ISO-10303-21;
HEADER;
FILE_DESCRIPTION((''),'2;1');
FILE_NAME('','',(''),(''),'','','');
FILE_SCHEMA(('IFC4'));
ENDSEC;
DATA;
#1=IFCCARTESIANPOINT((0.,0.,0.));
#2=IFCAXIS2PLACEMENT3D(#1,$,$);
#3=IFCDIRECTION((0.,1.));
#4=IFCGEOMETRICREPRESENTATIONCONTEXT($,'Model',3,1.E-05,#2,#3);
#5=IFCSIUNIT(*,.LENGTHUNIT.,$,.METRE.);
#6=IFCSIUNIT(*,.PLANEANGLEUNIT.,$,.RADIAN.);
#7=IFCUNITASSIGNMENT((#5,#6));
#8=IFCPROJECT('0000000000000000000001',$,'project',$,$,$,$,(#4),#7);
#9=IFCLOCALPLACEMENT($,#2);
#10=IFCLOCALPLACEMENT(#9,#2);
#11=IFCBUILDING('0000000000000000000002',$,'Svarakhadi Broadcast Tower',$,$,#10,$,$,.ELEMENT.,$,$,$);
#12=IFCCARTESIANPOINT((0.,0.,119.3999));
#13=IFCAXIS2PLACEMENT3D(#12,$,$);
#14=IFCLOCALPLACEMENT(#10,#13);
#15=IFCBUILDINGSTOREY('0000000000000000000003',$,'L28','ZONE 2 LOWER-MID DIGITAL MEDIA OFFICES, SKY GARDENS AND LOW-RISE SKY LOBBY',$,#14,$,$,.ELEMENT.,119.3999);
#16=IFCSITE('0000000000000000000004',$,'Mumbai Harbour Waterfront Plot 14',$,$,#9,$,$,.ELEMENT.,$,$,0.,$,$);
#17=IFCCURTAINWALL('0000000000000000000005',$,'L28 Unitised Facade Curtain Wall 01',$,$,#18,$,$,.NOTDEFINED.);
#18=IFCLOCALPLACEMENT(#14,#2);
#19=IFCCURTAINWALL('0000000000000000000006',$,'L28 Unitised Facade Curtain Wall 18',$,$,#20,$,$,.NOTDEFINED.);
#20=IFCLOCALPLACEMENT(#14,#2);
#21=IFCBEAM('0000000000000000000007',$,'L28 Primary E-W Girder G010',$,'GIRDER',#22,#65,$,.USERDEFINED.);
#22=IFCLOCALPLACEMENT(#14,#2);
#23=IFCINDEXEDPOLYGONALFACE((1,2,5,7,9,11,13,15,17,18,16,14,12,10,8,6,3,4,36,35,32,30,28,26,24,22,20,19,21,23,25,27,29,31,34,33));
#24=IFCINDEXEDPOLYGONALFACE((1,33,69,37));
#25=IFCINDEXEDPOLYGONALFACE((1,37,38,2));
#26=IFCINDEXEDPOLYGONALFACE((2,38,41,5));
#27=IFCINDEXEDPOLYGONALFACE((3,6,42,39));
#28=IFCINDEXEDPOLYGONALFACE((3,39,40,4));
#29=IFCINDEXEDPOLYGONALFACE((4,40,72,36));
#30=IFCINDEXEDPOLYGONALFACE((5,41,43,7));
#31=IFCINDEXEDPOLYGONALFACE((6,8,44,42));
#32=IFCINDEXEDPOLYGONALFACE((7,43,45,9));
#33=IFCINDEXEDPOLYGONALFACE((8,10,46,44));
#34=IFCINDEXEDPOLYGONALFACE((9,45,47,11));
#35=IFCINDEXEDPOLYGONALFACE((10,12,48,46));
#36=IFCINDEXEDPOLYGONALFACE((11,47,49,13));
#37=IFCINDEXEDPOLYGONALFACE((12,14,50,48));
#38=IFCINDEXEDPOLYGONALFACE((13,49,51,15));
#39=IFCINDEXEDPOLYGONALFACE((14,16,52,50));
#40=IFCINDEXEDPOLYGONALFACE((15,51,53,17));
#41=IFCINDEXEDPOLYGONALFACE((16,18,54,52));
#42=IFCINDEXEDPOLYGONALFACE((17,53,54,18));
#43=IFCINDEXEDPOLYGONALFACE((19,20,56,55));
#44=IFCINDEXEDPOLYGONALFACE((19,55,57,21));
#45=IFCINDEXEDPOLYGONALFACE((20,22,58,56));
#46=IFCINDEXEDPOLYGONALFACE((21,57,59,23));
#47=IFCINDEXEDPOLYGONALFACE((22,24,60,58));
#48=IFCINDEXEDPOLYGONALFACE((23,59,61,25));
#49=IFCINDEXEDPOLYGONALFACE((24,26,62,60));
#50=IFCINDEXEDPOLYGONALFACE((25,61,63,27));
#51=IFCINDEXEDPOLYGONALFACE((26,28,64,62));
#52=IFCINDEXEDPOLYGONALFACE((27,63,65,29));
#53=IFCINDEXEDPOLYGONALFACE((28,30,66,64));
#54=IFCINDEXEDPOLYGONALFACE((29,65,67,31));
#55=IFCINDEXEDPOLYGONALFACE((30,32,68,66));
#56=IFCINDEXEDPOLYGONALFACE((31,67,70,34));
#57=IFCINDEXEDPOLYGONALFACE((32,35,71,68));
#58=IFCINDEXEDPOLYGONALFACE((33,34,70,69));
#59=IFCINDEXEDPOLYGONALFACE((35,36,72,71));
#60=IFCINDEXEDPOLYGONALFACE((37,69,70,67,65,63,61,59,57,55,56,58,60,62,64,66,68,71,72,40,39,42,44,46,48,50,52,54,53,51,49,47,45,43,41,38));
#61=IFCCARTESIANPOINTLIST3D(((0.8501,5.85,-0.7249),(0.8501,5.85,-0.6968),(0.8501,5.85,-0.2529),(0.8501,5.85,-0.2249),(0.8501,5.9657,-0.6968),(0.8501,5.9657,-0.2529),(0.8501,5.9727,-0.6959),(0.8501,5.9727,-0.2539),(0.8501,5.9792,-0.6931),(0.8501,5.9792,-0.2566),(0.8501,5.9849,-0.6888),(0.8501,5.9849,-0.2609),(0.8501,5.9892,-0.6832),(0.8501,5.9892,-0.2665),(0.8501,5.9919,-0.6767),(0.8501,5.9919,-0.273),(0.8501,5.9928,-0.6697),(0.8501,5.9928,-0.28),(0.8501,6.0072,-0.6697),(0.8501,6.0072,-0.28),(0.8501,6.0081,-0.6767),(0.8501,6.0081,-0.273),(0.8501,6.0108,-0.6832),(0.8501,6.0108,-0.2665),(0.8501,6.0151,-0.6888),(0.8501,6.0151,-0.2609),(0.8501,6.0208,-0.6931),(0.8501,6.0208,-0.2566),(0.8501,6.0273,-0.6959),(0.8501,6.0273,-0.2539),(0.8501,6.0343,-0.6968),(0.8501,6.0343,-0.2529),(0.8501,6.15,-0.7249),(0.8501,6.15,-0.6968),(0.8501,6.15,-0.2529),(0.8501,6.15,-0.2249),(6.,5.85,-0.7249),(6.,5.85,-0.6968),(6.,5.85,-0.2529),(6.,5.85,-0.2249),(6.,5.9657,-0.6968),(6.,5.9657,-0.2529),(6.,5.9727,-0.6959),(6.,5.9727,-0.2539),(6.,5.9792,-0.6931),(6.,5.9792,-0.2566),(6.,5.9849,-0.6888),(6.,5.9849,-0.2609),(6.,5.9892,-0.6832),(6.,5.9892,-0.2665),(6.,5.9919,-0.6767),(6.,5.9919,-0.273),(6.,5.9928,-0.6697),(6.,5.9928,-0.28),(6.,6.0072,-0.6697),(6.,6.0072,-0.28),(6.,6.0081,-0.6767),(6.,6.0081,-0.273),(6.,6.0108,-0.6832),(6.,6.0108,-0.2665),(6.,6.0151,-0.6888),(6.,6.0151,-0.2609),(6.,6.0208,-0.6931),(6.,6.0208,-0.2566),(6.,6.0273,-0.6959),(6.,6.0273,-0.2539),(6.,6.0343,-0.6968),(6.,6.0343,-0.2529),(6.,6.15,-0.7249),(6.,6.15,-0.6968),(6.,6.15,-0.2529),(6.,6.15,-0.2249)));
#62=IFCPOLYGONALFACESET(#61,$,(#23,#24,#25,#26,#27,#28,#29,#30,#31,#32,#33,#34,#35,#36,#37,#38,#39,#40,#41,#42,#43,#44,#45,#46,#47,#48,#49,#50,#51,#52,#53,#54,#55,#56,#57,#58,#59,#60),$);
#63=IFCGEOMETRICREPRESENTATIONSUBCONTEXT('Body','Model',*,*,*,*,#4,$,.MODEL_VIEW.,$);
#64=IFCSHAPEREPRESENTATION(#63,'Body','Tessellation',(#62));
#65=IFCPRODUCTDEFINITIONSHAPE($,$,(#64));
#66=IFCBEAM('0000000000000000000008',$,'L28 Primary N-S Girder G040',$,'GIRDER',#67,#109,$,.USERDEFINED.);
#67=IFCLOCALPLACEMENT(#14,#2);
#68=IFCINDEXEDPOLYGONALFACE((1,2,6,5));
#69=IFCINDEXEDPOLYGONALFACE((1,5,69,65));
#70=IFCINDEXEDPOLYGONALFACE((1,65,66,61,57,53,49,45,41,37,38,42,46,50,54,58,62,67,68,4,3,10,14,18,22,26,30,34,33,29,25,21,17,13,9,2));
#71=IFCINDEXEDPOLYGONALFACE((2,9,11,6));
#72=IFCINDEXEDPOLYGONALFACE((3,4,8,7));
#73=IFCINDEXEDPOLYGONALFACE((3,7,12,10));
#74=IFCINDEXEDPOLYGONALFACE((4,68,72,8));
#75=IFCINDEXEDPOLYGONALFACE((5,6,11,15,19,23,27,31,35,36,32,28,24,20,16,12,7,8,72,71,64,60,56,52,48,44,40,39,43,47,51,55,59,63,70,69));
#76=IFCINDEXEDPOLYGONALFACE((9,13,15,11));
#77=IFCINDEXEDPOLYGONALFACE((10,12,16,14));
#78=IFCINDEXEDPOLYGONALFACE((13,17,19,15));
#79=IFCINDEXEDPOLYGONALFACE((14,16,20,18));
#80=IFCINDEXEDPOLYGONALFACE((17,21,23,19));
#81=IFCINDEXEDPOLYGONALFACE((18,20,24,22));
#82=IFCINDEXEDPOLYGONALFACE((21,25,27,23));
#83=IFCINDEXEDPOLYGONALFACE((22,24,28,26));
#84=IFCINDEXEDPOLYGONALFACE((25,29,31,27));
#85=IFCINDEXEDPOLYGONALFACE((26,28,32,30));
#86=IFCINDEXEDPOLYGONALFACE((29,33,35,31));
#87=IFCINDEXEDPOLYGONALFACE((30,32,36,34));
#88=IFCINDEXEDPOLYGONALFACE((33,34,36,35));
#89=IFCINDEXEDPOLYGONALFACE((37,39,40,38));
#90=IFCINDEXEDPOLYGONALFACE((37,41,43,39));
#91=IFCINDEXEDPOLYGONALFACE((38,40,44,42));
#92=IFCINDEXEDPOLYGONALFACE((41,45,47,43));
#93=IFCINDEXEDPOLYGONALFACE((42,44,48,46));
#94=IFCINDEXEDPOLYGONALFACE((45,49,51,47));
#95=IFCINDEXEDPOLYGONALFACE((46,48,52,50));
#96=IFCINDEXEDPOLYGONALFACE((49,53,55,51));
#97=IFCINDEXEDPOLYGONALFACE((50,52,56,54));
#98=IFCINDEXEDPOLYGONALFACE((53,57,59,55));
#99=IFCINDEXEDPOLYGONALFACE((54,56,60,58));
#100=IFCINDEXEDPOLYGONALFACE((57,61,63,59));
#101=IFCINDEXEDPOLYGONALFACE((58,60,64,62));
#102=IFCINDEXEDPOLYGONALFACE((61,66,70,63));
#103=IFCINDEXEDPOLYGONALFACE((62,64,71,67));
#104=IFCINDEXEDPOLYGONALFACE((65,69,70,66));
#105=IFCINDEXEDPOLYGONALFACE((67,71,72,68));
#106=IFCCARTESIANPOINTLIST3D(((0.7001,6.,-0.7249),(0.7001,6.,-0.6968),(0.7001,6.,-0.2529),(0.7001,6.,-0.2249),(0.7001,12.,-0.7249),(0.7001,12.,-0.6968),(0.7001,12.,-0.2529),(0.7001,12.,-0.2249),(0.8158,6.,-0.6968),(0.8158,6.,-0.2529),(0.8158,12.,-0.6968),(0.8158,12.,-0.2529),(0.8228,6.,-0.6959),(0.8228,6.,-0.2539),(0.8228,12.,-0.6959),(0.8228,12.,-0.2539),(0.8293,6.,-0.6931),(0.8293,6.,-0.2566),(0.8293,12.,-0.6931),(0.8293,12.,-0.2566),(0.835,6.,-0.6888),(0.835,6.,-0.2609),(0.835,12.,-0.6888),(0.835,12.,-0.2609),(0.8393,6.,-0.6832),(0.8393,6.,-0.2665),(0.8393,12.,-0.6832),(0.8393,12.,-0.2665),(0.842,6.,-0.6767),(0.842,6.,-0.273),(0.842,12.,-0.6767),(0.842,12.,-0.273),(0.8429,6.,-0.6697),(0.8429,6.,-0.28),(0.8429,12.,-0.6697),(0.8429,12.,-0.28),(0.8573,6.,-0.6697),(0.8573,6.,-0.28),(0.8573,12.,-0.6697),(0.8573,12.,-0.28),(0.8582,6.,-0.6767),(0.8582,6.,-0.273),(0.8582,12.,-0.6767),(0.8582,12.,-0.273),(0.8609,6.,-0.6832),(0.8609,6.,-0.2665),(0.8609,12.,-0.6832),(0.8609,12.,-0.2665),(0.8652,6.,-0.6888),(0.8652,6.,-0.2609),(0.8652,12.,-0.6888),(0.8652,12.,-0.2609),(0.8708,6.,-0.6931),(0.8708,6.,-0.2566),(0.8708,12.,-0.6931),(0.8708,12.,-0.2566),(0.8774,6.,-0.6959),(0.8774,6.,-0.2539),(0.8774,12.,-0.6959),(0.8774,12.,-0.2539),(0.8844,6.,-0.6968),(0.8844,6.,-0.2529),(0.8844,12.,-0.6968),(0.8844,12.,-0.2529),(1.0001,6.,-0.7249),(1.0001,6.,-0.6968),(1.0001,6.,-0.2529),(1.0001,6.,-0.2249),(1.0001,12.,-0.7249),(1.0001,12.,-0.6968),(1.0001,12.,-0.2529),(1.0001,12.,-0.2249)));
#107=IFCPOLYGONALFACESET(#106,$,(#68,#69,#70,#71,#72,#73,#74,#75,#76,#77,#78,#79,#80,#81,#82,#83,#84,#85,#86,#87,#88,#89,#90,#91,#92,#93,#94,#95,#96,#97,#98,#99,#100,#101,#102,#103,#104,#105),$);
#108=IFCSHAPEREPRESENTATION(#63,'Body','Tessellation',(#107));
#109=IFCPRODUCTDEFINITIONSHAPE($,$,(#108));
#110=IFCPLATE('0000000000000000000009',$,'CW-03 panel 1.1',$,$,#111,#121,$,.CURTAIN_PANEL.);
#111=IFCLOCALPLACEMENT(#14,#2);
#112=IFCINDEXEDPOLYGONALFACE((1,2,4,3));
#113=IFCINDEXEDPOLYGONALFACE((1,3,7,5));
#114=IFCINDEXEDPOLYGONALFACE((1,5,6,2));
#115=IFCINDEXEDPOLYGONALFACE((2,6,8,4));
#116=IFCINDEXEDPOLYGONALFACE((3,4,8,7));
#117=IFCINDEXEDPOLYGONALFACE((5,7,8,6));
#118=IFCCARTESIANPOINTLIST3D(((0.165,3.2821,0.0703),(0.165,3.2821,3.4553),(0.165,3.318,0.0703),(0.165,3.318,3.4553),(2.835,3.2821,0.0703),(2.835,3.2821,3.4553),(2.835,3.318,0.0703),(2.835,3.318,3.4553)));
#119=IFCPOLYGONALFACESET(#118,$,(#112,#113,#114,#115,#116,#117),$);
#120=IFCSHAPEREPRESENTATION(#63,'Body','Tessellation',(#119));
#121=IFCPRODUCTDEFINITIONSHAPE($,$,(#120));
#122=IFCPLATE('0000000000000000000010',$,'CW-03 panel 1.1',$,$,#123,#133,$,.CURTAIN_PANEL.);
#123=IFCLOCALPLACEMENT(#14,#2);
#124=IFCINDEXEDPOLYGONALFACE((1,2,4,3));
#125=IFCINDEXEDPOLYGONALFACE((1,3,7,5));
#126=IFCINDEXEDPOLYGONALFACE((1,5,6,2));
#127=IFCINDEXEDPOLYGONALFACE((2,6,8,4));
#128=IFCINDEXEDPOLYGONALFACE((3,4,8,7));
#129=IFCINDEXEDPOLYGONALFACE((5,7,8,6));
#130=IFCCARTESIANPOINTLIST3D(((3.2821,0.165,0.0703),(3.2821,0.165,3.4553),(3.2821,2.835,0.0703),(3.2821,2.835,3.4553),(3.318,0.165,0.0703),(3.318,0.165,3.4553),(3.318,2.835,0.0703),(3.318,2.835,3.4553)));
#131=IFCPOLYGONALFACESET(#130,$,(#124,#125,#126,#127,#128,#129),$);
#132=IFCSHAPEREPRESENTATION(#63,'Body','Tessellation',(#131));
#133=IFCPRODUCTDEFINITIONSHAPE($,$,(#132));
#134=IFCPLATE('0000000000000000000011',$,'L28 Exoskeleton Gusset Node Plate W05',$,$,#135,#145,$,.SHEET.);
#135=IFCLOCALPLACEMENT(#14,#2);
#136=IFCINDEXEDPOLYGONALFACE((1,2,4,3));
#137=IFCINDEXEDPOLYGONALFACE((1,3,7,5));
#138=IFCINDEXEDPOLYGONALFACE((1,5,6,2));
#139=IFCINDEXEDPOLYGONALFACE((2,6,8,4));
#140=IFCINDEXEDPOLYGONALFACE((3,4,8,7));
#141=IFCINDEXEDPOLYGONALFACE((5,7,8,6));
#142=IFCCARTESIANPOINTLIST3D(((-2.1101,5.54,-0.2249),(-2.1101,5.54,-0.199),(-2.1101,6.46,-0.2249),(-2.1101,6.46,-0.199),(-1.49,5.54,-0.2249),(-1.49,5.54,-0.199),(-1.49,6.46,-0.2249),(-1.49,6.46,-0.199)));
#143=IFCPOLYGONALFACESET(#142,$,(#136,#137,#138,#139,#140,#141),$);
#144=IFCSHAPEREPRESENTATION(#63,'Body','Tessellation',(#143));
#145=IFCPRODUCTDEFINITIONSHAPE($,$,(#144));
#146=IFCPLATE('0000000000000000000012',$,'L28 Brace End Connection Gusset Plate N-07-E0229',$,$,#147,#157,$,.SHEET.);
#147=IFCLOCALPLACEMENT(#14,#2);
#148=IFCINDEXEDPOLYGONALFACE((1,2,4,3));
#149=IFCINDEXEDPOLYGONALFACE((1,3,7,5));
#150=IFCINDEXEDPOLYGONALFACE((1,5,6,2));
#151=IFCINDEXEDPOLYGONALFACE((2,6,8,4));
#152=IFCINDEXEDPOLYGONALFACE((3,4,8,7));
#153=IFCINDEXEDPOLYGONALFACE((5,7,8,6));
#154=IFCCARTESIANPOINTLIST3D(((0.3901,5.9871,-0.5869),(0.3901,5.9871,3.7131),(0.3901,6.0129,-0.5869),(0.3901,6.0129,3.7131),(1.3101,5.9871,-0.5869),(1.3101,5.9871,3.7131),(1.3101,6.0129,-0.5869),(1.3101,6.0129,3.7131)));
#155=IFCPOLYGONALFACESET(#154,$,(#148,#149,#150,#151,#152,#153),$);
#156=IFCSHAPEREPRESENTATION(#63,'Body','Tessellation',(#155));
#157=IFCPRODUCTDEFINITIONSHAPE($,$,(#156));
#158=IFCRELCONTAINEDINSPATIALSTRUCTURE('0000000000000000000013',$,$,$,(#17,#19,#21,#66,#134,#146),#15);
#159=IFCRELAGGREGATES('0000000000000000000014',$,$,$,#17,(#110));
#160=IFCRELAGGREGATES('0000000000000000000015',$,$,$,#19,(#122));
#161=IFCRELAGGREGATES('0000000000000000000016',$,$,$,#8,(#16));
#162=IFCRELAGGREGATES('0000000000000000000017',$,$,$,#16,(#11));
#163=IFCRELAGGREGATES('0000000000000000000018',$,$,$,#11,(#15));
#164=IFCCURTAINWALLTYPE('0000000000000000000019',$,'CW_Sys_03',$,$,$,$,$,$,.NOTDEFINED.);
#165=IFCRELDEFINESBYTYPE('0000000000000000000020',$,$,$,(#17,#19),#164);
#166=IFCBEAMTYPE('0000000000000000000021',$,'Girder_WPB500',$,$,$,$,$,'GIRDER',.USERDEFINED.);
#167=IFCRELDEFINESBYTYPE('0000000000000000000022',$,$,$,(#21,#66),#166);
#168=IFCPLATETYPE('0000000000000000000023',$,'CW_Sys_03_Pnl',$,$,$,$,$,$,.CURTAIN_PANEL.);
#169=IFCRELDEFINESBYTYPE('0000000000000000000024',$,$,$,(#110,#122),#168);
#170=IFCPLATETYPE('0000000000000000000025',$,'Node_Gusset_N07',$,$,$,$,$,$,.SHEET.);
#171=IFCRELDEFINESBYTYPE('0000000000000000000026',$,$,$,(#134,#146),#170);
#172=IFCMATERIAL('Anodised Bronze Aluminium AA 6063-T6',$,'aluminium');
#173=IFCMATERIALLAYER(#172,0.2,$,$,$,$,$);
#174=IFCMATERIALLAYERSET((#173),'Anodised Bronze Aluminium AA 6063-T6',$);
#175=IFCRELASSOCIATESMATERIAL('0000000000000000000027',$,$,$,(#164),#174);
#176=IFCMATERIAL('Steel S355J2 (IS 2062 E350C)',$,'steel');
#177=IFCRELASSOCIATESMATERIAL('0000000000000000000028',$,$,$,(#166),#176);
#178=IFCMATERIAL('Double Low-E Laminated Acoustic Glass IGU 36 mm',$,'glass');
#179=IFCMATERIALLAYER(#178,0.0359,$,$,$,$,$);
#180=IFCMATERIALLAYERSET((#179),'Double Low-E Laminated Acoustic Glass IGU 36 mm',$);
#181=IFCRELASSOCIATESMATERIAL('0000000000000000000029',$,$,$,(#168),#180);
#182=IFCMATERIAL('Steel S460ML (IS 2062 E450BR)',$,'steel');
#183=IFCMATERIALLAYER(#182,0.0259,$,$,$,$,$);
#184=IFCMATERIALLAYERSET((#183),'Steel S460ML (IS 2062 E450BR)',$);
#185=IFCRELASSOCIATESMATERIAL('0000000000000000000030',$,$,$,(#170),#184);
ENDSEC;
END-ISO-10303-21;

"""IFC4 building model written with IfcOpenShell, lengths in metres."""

from ifc_helpers import new_model, si_unit, direction, frame, origin, origin_2d, place, context, subcontext, project, spatial, rectangle, i_section, extrude, material, layer, layer_set, material_profile, profile_set, type_object, element, aggregate, save


model = new_model("IFC4")

# Units and contexts
model_context = context("Model", 3, precision=1e-05, world=origin(), true_north=direction((0.0, 1.0)))
body_context = subcontext(model_context, "Body", "Model", "MODEL_VIEW")
ifc_project = project(units=[si_unit("LENGTHUNIT", "METRE"), si_unit("PLANEANGLEUNIT", "RADIAN")], contexts=[model_context])

# Site, building, storey
site_placement = place(None, origin())
site = spatial("IfcSite", under=ifc_project, at=site_placement, Name="Mumbai Harbour Waterfront Plot 14", CompositionType="ELEMENT", RefElevation=0.0)
building_placement = place(site_placement, origin())
building = spatial("IfcBuilding", under=site, at=building_placement, Name="Svarakhadi Broadcast Tower", CompositionType="ELEMENT")
storey_placement = place(building_placement, frame((0.0, 0.0, 119.3999)))
storey = spatial("IfcBuildingStorey", under=building, at=storey_placement, Name="L28", Description="ZONE 2 LOWER-MID DIGITAL MEDIA OFFICES, SKY GARDENS AND LOW-RISE SKY LOBBY", CompositionType="ELEMENT", Elevation=119.3999)

# Shared definitions
ifc_material_1 = material(Name="Steel S460ML (IS 2062 E450BR)", Category="steel")

# Curtain wall
ifc_material_2 = material(Name="Anodised Bronze Aluminium AA 6063-T6", Category="aluminium")
ifc_layer_1 = layer(ifc_material_2, 0.2)
ifc_layer_set_1 = layer_set([ifc_layer_1], Name="Anodised Bronze Aluminium AA 6063-T6")
curtain_wall_type = type_object("IfcCurtainWallType", Name="CW_Sys_03", PredefinedType="NOTDEFINED", material=ifc_layer_set_1)
curtain_wall_1_placement = place(storey_placement, origin())
curtain_wall_1 = element("IfcCurtainWall", 1, at=curtain_wall_1_placement, inside=storey, type_object=curtain_wall_type, Name="L28 Unitised Facade Curtain Wall 01", PredefinedType="NOTDEFINED")

# Curtain wall
curtain_wall_2_placement = place(storey_placement, origin())
curtain_wall_2 = element("IfcCurtainWall", 2, at=curtain_wall_2_placement, inside=storey, type_object=curtain_wall_type, Name="L28 Unitised Facade Curtain Wall 18", PredefinedType="NOTDEFINED")

# Beams
ifc_material_3 = material(Name="Steel S355J2 (IS 2062 E350C)", Category="steel")
ifc_material_profile_1 = material_profile(ifc_material_3, i_section(OverallWidth=0.3, OverallDepth=0.5, WebThickness=0.0144, FlangeThickness=0.0281, FilletRadius=0.0271, at=origin_2d()), Name="WPB 500x300x187")
ifc_profile_set_1 = profile_set([ifc_material_profile_1], Name="Steel S355J2 (IS 2062 E350C)")
beam_type = type_object("IfcBeamType", Name="Girder_WPB500", ElementType="GIRDER", PredefinedType="USERDEFINED", material=ifc_profile_set_1)
beam_1_placement = place(storey_placement, frame((0.8501, 6.0, -0.4749), z_axis=(1.0, 0.0, 0.0), x_axis=(0.0, 1.0, 0.0)))
element("IfcBeam", 3, at=beam_1_placement, inside=storey, type_object=beam_type, Name="L28 Primary E-W Girder G010", ObjectType="GIRDER", PredefinedType="USERDEFINED", context=body_context, shape_type="SweptSolid", body=[
    extrude(i_section(OverallWidth=0.3, OverallDepth=0.5, WebThickness=0.0144, FlangeThickness=0.0281, FilletRadius=0.0271, at=origin_2d()), origin(), (0.0, 0.0, 1.0), 5.1499),
])
beam_2_placement = place(storey_placement, frame((0.8501, 6.0, -0.4749), z_axis=(0.0, 1.0, 0.0), x_axis=(-1.0, 0.0, 0.0)))
element("IfcBeam", 4, at=beam_2_placement, inside=storey, type_object=beam_type, Name="L28 Primary N-S Girder G040", ObjectType="GIRDER", PredefinedType="USERDEFINED", context=body_context, shape_type="SweptSolid", body=[
    extrude(i_section(OverallWidth=0.3, OverallDepth=0.5, WebThickness=0.0144, FlangeThickness=0.0281, FilletRadius=0.0271, at=origin_2d()), origin(), (0.0, 0.0, 1.0), 6.0),
])

# Plates
ifc_material_4 = material(Name="Double Low-E Laminated Acoustic Glass IGU 36 mm", Category="glass")
ifc_layer_2 = layer(ifc_material_4, 0.0359)
ifc_layer_set_2 = layer_set([ifc_layer_2], Name="Double Low-E Laminated Acoustic Glass IGU 36 mm")
plate_type_1 = type_object("IfcPlateType", Name="CW_Sys_03_Pnl", PredefinedType="CURTAIN_PANEL", material=ifc_layer_set_2)
plate_1_placement = place(storey_placement, frame((1.5, 3.3, 0.0703), z_axis=(0.0, 0.0, 1.0), x_axis=(-1.0, 0.0, 0.0)))
plate_1 = element("IfcPlate", 5, at=plate_1_placement, type_object=plate_type_1, Name="CW-03 panel 1.1", PredefinedType="CURTAIN_PANEL", context=body_context, shape_type="SweptSolid", body=[
    extrude(rectangle(XDim=2.6699, YDim=0.0359, at=origin_2d()), origin(), (0.0, 0.0, 1.0), 3.385),
])
aggregate(curtain_wall_1, [plate_1])
plate_2_placement = place(storey_placement, frame((3.3, 1.5, 0.0703), z_axis=(0.0, 0.0, 1.0), x_axis=(0.0, 1.0, 0.0)))
plate_2 = element("IfcPlate", 6, at=plate_2_placement, type_object=plate_type_1, Name="CW-03 panel 1.1", PredefinedType="CURTAIN_PANEL", context=body_context, shape_type="SweptSolid", body=[
    extrude(rectangle(XDim=2.6699, YDim=0.0359, at=origin_2d()), origin(), (0.0, 0.0, 1.0), 3.385),
])
aggregate(curtain_wall_2, [plate_2])

# Plates
ifc_layer_3 = layer(ifc_material_1, 0.0259)
ifc_layer_set_3 = layer_set([ifc_layer_3], Name="Steel S460ML (IS 2062 E450BR)")
plate_type_2 = type_object("IfcPlateType", Name="Node_Gusset_N07", PredefinedType="SHEET", material=ifc_layer_set_3)
plate_3_placement = place(storey_placement, frame((-1.8, 6.0, -0.2249), z_axis=(0.0, 0.0, 1.0), x_axis=(0.0, 1.0, 0.0)))
element("IfcPlate", 7, at=plate_3_placement, inside=storey, type_object=plate_type_2, Name="L28 Exoskeleton Gusset Node Plate W05", PredefinedType="SHEET", context=body_context, shape_type="SweptSolid", body=[
    extrude(rectangle(XDim=0.9199, YDim=0.6201, at=origin_2d()), origin(), (0.0, 0.0, 1.0), 0.0259),
])
plate_4_placement = place(storey_placement, frame((0.8501, 6.0, -0.5869), z_axis=(0.0, 0.0, 1.0), x_axis=(1.0, 0.0, 0.0)))
element("IfcPlate", 8, at=plate_4_placement, inside=storey, type_object=plate_type_2, Name="L28 Brace End Connection Gusset Plate N-07-E0229", PredefinedType="SHEET", context=body_context, shape_type="SweptSolid", body=[
    extrude(rectangle(XDim=0.9199, YDim=0.0259, at=origin_2d()), origin(), (0.0, 0.0, 1.0), 4.3),
])

save(model, "model.ifc")
